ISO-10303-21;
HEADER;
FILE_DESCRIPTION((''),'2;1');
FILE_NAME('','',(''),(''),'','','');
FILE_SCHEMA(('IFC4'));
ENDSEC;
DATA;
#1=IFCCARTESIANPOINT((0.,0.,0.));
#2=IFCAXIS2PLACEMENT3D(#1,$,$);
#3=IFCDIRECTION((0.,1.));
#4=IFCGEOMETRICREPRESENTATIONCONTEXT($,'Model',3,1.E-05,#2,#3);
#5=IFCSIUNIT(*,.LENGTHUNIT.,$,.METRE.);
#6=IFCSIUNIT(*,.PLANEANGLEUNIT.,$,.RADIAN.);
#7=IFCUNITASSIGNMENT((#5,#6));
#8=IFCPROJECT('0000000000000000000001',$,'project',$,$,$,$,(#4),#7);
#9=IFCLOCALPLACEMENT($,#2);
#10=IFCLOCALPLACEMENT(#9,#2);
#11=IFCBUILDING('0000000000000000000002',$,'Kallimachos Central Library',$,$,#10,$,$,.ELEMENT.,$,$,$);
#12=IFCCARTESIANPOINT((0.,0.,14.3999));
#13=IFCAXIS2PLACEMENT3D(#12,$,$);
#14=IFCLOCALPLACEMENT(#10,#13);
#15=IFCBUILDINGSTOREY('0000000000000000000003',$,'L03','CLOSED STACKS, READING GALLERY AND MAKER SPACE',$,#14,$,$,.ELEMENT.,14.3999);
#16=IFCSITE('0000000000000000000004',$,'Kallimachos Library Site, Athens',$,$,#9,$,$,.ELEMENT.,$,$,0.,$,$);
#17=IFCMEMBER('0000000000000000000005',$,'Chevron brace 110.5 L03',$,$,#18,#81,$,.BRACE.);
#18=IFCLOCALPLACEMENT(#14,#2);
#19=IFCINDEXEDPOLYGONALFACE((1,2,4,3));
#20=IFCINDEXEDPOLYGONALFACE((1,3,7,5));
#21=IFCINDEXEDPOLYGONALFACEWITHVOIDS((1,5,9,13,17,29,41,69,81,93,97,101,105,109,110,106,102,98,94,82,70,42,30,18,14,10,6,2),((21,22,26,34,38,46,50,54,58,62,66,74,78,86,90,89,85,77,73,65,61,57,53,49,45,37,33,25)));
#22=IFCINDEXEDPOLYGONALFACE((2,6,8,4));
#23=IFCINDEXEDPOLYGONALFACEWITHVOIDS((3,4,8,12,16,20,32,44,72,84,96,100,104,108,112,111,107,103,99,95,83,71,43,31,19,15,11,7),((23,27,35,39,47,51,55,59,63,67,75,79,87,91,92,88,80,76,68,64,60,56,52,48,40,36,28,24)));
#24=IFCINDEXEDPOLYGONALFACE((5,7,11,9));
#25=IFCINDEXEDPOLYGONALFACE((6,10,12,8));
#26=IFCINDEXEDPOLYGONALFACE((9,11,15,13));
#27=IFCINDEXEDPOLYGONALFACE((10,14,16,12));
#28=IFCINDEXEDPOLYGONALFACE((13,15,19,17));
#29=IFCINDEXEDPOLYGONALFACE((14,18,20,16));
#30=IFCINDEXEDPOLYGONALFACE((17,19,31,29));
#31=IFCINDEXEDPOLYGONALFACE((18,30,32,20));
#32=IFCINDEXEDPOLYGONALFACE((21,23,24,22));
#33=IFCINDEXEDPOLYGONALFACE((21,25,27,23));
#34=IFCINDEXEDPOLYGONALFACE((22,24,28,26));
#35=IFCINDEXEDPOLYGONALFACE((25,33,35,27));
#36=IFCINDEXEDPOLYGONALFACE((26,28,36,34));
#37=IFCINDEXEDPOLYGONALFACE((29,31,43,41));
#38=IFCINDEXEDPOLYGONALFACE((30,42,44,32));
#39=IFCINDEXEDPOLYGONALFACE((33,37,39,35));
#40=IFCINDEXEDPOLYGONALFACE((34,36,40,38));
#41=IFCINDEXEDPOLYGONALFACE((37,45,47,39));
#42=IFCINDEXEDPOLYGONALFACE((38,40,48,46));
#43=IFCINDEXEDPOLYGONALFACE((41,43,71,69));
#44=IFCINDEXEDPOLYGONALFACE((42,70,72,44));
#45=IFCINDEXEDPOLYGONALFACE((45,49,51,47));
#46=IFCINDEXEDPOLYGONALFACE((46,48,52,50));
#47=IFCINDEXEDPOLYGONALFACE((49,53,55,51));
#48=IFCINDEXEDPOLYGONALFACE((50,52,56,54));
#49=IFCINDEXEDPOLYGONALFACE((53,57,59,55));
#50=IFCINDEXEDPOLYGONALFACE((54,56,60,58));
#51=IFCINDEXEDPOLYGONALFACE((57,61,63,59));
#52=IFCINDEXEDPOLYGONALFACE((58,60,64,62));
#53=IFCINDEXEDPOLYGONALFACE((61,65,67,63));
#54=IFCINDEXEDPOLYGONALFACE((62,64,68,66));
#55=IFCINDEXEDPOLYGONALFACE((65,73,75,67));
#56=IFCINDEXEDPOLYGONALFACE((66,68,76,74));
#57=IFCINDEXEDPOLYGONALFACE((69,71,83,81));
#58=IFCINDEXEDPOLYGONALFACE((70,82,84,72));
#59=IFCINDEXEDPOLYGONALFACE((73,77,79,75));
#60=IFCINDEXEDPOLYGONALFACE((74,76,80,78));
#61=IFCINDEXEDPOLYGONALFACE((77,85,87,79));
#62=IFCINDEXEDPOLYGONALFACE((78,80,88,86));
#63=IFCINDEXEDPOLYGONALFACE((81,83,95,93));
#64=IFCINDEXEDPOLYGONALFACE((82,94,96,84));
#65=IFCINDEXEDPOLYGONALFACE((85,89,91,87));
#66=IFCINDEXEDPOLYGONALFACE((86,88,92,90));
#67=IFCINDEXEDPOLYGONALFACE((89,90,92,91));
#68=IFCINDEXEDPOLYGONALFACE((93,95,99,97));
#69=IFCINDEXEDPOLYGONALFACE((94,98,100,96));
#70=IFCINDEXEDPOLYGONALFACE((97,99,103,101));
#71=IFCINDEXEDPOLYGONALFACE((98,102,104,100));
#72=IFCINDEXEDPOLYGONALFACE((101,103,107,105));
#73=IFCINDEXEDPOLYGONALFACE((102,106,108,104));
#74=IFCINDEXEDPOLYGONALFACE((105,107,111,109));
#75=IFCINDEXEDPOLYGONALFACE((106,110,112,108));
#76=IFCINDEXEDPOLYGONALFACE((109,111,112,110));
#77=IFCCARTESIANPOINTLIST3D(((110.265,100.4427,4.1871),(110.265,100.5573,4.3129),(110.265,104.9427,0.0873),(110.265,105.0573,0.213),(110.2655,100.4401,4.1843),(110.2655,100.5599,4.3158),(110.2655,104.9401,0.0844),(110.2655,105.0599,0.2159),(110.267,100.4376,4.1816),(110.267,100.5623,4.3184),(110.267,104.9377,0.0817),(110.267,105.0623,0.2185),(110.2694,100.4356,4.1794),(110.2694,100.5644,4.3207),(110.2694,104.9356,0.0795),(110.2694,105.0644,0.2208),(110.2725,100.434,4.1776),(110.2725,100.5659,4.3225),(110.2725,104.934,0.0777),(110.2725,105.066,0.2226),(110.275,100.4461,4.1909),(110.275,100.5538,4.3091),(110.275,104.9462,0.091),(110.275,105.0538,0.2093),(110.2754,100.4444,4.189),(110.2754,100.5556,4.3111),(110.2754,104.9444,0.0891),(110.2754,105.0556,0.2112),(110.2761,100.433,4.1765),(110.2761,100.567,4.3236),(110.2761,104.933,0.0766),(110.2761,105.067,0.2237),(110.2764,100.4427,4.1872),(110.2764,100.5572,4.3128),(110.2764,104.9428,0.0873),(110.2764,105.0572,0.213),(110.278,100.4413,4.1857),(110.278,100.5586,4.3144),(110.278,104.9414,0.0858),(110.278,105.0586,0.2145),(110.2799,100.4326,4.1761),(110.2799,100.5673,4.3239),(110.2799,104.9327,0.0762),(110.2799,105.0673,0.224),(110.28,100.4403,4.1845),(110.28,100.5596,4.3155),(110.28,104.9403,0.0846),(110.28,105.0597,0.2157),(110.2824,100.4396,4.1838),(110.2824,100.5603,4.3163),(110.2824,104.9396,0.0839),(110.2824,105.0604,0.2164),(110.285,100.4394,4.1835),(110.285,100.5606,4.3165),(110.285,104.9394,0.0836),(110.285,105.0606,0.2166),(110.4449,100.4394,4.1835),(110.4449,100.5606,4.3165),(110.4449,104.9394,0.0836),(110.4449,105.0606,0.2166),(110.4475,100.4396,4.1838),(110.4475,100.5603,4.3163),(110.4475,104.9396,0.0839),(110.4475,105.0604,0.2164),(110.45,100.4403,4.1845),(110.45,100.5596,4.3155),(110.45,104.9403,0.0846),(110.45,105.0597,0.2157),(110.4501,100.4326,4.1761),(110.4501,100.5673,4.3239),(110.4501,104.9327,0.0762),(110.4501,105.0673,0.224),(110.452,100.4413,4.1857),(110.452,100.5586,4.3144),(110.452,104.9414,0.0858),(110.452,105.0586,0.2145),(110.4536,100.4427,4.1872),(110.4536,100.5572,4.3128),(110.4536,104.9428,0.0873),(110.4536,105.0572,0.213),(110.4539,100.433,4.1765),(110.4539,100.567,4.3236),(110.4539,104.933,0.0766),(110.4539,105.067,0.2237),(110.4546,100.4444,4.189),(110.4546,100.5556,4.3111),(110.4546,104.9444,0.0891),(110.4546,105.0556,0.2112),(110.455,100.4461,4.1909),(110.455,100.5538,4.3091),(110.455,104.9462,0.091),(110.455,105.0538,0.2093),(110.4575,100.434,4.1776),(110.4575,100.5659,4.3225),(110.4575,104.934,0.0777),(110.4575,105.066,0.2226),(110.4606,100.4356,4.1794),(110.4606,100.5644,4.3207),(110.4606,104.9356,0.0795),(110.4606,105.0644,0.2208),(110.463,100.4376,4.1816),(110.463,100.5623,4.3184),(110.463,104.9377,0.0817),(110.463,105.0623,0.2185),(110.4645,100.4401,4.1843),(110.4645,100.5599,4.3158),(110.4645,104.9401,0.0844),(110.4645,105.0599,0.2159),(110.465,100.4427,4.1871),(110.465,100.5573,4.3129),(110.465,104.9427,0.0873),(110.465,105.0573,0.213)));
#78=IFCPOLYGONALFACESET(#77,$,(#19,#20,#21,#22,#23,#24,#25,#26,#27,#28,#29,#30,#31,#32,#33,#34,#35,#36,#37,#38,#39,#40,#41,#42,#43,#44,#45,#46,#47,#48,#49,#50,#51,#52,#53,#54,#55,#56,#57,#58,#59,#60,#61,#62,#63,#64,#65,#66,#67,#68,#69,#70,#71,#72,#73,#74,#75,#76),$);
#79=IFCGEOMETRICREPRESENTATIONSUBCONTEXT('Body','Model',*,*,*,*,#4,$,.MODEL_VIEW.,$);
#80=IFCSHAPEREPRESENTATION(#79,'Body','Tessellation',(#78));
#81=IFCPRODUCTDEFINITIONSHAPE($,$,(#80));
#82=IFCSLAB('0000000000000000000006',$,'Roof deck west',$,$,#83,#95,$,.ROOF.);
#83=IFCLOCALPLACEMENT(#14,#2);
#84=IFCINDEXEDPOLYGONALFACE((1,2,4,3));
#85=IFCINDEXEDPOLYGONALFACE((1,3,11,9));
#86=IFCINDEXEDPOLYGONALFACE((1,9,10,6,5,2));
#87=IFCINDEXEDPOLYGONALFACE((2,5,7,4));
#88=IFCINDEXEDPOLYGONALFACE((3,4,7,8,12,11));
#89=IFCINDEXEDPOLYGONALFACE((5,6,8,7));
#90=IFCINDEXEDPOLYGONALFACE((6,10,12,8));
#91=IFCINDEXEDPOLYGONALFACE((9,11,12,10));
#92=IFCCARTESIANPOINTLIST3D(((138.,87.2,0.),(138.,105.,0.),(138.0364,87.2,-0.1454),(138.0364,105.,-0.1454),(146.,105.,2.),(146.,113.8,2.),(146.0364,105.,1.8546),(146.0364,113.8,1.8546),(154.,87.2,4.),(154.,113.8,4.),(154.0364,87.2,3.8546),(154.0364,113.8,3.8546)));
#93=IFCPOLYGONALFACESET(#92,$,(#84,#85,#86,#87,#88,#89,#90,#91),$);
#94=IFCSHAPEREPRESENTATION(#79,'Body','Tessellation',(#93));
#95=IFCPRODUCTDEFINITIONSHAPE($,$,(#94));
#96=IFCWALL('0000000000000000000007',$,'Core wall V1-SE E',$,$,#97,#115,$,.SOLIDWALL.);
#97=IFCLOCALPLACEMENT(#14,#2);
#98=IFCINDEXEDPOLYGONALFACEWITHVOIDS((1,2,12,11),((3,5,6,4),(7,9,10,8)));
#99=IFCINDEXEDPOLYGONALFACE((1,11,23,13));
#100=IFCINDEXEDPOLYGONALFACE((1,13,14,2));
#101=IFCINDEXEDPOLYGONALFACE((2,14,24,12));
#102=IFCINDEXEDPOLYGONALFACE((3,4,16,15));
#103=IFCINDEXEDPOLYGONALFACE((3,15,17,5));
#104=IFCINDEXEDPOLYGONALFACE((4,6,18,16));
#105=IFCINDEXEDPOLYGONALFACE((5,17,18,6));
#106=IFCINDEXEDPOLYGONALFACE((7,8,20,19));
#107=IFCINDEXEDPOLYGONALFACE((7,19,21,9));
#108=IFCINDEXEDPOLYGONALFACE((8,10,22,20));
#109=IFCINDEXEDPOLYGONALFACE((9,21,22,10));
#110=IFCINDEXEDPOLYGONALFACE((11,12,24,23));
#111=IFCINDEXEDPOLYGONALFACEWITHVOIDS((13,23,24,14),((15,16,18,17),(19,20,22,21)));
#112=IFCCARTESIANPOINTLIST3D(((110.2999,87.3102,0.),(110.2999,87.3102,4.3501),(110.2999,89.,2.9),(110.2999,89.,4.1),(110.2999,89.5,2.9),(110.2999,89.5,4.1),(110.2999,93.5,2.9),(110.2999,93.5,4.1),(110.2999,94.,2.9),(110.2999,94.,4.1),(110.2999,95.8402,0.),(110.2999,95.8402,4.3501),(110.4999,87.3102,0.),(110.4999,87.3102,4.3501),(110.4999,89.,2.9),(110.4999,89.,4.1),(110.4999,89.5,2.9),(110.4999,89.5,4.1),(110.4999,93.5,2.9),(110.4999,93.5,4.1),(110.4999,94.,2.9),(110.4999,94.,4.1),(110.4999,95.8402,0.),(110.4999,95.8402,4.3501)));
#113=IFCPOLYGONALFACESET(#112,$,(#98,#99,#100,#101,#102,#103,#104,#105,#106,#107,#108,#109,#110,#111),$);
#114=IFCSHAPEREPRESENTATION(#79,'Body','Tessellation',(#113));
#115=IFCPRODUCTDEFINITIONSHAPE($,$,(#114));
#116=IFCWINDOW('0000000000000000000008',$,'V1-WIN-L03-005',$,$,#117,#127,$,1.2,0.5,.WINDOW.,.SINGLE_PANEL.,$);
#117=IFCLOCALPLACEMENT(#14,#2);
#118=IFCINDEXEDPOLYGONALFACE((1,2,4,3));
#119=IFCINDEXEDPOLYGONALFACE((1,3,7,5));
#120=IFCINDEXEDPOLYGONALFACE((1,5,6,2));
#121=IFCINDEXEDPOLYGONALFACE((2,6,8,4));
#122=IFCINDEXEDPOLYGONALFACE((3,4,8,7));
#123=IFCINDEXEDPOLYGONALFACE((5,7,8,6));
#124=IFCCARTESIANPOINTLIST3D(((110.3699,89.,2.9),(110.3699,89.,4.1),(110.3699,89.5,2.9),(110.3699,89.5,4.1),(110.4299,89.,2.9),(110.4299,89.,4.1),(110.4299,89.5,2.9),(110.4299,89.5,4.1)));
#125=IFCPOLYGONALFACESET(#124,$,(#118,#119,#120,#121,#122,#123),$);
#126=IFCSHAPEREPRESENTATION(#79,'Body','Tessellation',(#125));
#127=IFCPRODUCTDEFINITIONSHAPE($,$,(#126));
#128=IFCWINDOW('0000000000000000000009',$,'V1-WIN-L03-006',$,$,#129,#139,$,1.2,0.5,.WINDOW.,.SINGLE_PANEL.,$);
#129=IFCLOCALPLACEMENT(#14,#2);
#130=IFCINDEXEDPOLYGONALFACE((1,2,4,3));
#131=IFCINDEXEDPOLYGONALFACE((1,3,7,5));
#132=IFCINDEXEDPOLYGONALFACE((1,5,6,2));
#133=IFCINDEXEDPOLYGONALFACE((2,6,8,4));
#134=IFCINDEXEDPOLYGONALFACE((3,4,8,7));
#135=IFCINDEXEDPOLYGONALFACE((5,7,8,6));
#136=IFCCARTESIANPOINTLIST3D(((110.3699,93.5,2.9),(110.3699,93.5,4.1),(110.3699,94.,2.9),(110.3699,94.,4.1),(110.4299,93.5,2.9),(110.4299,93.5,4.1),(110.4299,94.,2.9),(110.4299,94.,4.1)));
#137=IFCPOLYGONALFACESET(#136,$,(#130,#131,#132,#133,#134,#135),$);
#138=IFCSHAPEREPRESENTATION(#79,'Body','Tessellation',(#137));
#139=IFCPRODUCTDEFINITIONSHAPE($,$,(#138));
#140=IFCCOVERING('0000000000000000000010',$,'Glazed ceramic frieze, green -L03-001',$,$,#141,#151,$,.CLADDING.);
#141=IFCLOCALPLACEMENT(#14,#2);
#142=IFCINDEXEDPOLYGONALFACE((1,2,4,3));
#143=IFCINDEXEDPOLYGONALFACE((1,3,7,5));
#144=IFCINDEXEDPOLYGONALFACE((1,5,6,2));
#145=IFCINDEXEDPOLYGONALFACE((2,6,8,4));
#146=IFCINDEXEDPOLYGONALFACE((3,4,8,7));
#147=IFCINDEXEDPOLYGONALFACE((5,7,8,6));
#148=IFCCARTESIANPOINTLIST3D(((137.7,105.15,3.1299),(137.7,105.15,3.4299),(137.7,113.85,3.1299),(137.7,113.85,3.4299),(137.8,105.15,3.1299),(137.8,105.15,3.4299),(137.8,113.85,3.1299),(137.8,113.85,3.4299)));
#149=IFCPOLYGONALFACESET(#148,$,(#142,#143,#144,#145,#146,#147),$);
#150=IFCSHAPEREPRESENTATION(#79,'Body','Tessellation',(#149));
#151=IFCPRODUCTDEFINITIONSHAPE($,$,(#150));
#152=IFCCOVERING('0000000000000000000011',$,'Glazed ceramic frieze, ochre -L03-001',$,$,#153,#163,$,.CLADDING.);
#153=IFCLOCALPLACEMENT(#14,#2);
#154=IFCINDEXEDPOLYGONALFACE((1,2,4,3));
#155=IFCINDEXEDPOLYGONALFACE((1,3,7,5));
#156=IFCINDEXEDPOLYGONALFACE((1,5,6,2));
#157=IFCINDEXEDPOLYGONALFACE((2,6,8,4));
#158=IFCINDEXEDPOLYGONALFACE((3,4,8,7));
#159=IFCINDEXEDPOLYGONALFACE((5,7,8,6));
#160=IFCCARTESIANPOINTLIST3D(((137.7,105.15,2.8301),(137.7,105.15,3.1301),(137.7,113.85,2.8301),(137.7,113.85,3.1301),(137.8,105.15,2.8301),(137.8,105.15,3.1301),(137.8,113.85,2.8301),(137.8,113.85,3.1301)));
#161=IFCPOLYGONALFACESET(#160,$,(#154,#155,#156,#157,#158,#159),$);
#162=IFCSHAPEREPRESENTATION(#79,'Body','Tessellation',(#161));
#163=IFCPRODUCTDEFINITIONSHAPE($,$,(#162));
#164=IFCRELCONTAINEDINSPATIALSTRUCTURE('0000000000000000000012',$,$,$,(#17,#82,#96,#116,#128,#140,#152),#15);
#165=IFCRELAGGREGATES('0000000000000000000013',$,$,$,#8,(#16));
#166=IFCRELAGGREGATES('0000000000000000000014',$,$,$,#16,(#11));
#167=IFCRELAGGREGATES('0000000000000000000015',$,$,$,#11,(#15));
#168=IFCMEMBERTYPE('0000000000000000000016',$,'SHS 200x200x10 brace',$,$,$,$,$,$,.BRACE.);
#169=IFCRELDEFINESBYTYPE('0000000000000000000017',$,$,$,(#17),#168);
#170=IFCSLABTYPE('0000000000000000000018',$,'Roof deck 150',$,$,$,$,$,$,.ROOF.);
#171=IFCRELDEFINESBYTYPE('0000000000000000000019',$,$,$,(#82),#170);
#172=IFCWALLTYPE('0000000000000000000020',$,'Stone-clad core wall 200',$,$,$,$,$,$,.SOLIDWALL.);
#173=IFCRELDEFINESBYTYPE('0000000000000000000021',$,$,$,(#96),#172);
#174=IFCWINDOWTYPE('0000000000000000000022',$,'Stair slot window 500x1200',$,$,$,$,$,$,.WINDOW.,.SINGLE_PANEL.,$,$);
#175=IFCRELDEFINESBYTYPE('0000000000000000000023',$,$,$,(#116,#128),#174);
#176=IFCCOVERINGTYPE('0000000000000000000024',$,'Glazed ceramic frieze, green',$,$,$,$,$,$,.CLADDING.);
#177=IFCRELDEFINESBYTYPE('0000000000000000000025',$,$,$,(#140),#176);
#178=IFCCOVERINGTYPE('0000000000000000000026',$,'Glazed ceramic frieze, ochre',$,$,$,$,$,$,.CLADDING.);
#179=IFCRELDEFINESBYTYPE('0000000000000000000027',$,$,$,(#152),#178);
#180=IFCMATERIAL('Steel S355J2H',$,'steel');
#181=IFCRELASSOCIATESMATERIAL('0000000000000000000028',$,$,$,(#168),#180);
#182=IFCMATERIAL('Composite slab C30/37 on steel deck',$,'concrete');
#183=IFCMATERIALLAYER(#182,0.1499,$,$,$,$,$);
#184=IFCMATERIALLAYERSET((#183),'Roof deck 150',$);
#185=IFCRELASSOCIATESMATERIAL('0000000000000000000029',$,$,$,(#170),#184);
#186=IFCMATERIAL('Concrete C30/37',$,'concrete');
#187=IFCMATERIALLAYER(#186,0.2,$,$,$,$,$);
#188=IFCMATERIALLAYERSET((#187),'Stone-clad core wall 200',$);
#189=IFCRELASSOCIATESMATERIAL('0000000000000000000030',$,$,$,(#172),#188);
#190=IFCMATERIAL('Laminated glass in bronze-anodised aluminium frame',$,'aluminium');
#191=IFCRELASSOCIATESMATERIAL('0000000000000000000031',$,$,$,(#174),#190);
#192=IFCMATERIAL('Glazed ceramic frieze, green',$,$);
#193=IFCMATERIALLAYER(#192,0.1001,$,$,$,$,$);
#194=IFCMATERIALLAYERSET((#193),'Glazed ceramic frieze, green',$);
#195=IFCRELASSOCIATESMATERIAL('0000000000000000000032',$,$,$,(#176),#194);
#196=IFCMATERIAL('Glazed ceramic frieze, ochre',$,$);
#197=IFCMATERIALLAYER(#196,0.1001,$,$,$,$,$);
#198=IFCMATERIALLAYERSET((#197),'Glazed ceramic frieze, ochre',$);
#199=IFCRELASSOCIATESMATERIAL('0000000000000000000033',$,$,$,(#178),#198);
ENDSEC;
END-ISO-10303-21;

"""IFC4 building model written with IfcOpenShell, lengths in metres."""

from ifc_helpers import new_model, si_unit, direction, frame, frame_2d, origin, origin_2d, place, context, subcontext, project, spatial, polyline, rectangle, hollow_rectangle, outline, extrude, material, layer, layer_set, material_profile, profile_set, type_object, element, fill, save


model = new_model("IFC4")

# Units and contexts
model_context = context("Model", 3, precision=1e-05, world=origin(), true_north=direction((0.0, 1.0)))
body_context = subcontext(model_context, "Body", "Model", "MODEL_VIEW")
ifc_project = project(units=[si_unit("LENGTHUNIT", "METRE"), si_unit("PLANEANGLEUNIT", "RADIAN")], contexts=[model_context])

# Site, building, storey
site_placement = place(None, origin())
site = spatial("IfcSite", under=ifc_project, at=site_placement, Name="Kallimachos Library Site, Athens", CompositionType="ELEMENT", RefElevation=0.0)
building_placement = place(site_placement, origin())
building = spatial("IfcBuilding", under=site, at=building_placement, Name="Kallimachos Central Library", CompositionType="ELEMENT")
storey_placement = place(building_placement, frame((0.0, 0.0, 14.3999)))
storey = spatial("IfcBuildingStorey", under=building, at=storey_placement, Name="L03", Description="CLOSED STACKS, READING GALLERY AND MAKER SPACE", CompositionType="ELEMENT", Elevation=14.3999)

# Member
ifc_material_1 = material(Name="Steel S355J2H", Category="steel")
ifc_material_profile_1 = material_profile(ifc_material_1, hollow_rectangle(XDim=0.2, YDim=0.2, WallThickness=0.01, InnerFilletRadius=0.01, OuterFilletRadius=0.0149, at=origin_2d()), Name="SHS 200x200x10")
ifc_profile_set_1 = profile_set([ifc_material_profile_1], Name="Steel S355J2H")
member_type = type_object("IfcMemberType", Name="SHS 200x200x10 brace", PredefinedType="BRACE", material=ifc_profile_set_1)
for number, where, z_axis, x_axis, name in (
    (1, (110.365, 105.0, 0.1501), (0.0, -0.739208, 0.673477), (1.0, 0.0, 0.0), "Chevron brace 110.5 L03"),
):
    element("IfcMember", number, at=place(storey_placement, frame(where, z_axis=z_axis, x_axis=x_axis)), inside=storey, type_object=member_type, Name=name, PredefinedType="BRACE", context=body_context, shape_type="SweptSolid", body=[
        extrude(hollow_rectangle(XDim=0.2, YDim=0.2, WallThickness=0.01, InnerFilletRadius=0.01, OuterFilletRadius=0.0149, at=origin_2d()), origin(), (0.0, 0.0, 1.0), 6.0876),
    ])

# Slab
ifc_material_2 = material(Name="Composite slab C30/37 on steel deck", Category="concrete")
ifc_layer_1 = layer(ifc_material_2, 0.1499)
ifc_layer_set_1 = layer_set([ifc_layer_1], Name="Roof deck 150")
slab_type = type_object("IfcSlabType", Name="Roof deck 150", PredefinedType="ROOF", material=ifc_layer_set_1)
slab_placement = place(storey_placement, frame((138.0, 87.2, 0.0), z_axis=(-0.242536, 0.0, 0.970143), x_axis=(0.970143, 0.0, 0.242536)))
element("IfcSlab", 2, at=slab_placement, inside=storey, type_object=slab_type, Name="Roof deck west", PredefinedType="ROOF", context=body_context, shape_type="SweptSolid", body=[
    extrude(outline(polyline([(0.0, 0.0), (16.4924, 0.0), (16.4924, 26.6001), (8.2462, 26.6001), (8.2462, 17.8), (0.0, 17.8), (0.0, 0.0)])), origin(), (0.0, 0.0, -1.0), 0.1499),
])

# Wall, openings, windows
ifc_material_3 = material(Name="Concrete C30/37", Category="concrete")
ifc_layer_2 = layer(ifc_material_3, 0.2)
ifc_layer_set_2 = layer_set([ifc_layer_2], Name="Stone-clad core wall 200")
wall_type = type_object("IfcWallType", Name="Stone-clad core wall 200", PredefinedType="SOLIDWALL", material=ifc_layer_set_2)
wall_placement = place(storey_placement, frame((110.3999, 87.3101, 0.0), z_axis=(0.0, 0.0, 1.0), x_axis=(0.0, 1.0, 0.0)))
wall = element("IfcWall", 3, at=wall_placement, inside=storey, type_object=wall_type, Name="Core wall V1-SE E", PredefinedType="SOLIDWALL", context=body_context, shape_type="SweptSolid", body=[
    extrude(rectangle(XDim=8.53, YDim=0.2, at=frame_2d((4.2651, 0.0))), origin(), (0.0, 0.0, 1.0), 4.3501),
])
opening_1_placement = place(wall_placement, frame((1.6899, 0.0, 2.8999)))
opening_1 = element("IfcOpeningElement", 4, at=opening_1_placement, cuts=wall, PredefinedType="OPENING", context=body_context, shape_type="SweptSolid", body=[
    extrude(rectangle(XDim=0.5, YDim=1.2, at=frame_2d((0.25, 0.6001))), frame((0.0, 0.1099, 0.0), z_axis=(0.0, -1.0, 0.0), x_axis=(1.0, 0.0, 0.0)), (0.0, 0.0, 1.0), 0.22),
])
opening_2_placement = place(wall_placement, frame((6.1899, 0.0, 2.8999)))
opening_2 = element("IfcOpeningElement", 5, at=opening_2_placement, cuts=wall, PredefinedType="OPENING", context=body_context, shape_type="SweptSolid", body=[
    extrude(rectangle(XDim=0.5, YDim=1.2, at=frame_2d((0.25, 0.6001))), frame((0.0, 0.1099, 0.0), z_axis=(0.0, -1.0, 0.0), x_axis=(1.0, 0.0, 0.0)), (0.0, 0.0, 1.0), 0.22),
])
ifc_material_4 = material(Name="Laminated glass in bronze-anodised aluminium frame", Category="aluminium")
window_type = type_object("IfcWindowType", Name="Stair slot window 500x1200", PartitioningType="SINGLE_PANEL", PredefinedType="WINDOW", material=ifc_material_4)
window_1_placement = place(opening_1_placement, origin())
window_1 = element("IfcWindow", 6, at=window_1_placement, inside=storey, type_object=window_type, Name="V1-WIN-L03-005", OverallHeight=1.2, OverallWidth=0.5, PartitioningType="SINGLE_PANEL", PredefinedType="WINDOW", context=body_context, shape_type="SweptSolid", body=[
    extrude(rectangle(XDim=0.5, YDim=1.2, at=frame_2d((0.25, 0.6001))), frame((0.0, 0.03, 0.0), z_axis=(0.0, -1.0, 0.0), x_axis=(1.0, 0.0, 0.0)), (0.0, 0.0, 1.0), 0.0601),
])
fill(opening_1, window_1)
window_2_placement = place(opening_2_placement, origin())
window_2 = element("IfcWindow", 7, at=window_2_placement, inside=storey, type_object=window_type, Name="V1-WIN-L03-006", OverallHeight=1.2, OverallWidth=0.5, PartitioningType="SINGLE_PANEL", PredefinedType="WINDOW", context=body_context, shape_type="SweptSolid", body=[
    extrude(rectangle(XDim=0.5, YDim=1.2, at=frame_2d((0.25, 0.6001))), frame((0.0, 0.03, 0.0), z_axis=(0.0, -1.0, 0.0), x_axis=(1.0, 0.0, 0.0)), (0.0, 0.0, 1.0), 0.0601),
])
fill(opening_2, window_2)

# Coverings
ifc_material_5 = material(Name="Glazed ceramic frieze, green")
ifc_layer_3 = layer(ifc_material_5, 0.1001)
ifc_layer_set_3 = layer_set([ifc_layer_3], Name="Glazed ceramic frieze, green")
covering_type_1 = type_object("IfcCoveringType", Name="Glazed ceramic frieze, green", PredefinedType="CLADDING", material=ifc_layer_set_3)
covering_1_placement = place(storey_placement, frame((137.75, 109.5, 3.1299), z_axis=(0.0, 0.0, 1.0), x_axis=(1.0, 0.0, 0.0)))
element("IfcCovering", 8, at=covering_1_placement, inside=storey, type_object=covering_type_1, Name="Glazed ceramic frieze, green -L03-001", PredefinedType="CLADDING", context=body_context, shape_type="SweptSolid", body=[
    extrude(rectangle(XDim=0.1001, YDim=8.7, at=origin_2d()), origin(), (0.0, 0.0, 1.0), 0.3),
])
ifc_material_6 = material(Name="Glazed ceramic frieze, ochre")
ifc_layer_4 = layer(ifc_material_6, 0.1001)
ifc_layer_set_4 = layer_set([ifc_layer_4], Name="Glazed ceramic frieze, ochre")
covering_type_2 = type_object("IfcCoveringType", Name="Glazed ceramic frieze, ochre", PredefinedType="CLADDING", material=ifc_layer_set_4)
covering_2_placement = place(storey_placement, frame((137.75, 109.5, 2.8301), z_axis=(0.0, 0.0, 1.0), x_axis=(1.0, 0.0, 0.0)))
element("IfcCovering", 9, at=covering_2_placement, inside=storey, type_object=covering_type_2, Name="Glazed ceramic frieze, ochre -L03-001", PredefinedType="CLADDING", context=body_context, shape_type="SweptSolid", body=[
    extrude(rectangle(XDim=0.1001, YDim=8.7, at=origin_2d()), origin(), (0.0, 0.0, 1.0), 0.3),
])

save(model, "model.ifc")
